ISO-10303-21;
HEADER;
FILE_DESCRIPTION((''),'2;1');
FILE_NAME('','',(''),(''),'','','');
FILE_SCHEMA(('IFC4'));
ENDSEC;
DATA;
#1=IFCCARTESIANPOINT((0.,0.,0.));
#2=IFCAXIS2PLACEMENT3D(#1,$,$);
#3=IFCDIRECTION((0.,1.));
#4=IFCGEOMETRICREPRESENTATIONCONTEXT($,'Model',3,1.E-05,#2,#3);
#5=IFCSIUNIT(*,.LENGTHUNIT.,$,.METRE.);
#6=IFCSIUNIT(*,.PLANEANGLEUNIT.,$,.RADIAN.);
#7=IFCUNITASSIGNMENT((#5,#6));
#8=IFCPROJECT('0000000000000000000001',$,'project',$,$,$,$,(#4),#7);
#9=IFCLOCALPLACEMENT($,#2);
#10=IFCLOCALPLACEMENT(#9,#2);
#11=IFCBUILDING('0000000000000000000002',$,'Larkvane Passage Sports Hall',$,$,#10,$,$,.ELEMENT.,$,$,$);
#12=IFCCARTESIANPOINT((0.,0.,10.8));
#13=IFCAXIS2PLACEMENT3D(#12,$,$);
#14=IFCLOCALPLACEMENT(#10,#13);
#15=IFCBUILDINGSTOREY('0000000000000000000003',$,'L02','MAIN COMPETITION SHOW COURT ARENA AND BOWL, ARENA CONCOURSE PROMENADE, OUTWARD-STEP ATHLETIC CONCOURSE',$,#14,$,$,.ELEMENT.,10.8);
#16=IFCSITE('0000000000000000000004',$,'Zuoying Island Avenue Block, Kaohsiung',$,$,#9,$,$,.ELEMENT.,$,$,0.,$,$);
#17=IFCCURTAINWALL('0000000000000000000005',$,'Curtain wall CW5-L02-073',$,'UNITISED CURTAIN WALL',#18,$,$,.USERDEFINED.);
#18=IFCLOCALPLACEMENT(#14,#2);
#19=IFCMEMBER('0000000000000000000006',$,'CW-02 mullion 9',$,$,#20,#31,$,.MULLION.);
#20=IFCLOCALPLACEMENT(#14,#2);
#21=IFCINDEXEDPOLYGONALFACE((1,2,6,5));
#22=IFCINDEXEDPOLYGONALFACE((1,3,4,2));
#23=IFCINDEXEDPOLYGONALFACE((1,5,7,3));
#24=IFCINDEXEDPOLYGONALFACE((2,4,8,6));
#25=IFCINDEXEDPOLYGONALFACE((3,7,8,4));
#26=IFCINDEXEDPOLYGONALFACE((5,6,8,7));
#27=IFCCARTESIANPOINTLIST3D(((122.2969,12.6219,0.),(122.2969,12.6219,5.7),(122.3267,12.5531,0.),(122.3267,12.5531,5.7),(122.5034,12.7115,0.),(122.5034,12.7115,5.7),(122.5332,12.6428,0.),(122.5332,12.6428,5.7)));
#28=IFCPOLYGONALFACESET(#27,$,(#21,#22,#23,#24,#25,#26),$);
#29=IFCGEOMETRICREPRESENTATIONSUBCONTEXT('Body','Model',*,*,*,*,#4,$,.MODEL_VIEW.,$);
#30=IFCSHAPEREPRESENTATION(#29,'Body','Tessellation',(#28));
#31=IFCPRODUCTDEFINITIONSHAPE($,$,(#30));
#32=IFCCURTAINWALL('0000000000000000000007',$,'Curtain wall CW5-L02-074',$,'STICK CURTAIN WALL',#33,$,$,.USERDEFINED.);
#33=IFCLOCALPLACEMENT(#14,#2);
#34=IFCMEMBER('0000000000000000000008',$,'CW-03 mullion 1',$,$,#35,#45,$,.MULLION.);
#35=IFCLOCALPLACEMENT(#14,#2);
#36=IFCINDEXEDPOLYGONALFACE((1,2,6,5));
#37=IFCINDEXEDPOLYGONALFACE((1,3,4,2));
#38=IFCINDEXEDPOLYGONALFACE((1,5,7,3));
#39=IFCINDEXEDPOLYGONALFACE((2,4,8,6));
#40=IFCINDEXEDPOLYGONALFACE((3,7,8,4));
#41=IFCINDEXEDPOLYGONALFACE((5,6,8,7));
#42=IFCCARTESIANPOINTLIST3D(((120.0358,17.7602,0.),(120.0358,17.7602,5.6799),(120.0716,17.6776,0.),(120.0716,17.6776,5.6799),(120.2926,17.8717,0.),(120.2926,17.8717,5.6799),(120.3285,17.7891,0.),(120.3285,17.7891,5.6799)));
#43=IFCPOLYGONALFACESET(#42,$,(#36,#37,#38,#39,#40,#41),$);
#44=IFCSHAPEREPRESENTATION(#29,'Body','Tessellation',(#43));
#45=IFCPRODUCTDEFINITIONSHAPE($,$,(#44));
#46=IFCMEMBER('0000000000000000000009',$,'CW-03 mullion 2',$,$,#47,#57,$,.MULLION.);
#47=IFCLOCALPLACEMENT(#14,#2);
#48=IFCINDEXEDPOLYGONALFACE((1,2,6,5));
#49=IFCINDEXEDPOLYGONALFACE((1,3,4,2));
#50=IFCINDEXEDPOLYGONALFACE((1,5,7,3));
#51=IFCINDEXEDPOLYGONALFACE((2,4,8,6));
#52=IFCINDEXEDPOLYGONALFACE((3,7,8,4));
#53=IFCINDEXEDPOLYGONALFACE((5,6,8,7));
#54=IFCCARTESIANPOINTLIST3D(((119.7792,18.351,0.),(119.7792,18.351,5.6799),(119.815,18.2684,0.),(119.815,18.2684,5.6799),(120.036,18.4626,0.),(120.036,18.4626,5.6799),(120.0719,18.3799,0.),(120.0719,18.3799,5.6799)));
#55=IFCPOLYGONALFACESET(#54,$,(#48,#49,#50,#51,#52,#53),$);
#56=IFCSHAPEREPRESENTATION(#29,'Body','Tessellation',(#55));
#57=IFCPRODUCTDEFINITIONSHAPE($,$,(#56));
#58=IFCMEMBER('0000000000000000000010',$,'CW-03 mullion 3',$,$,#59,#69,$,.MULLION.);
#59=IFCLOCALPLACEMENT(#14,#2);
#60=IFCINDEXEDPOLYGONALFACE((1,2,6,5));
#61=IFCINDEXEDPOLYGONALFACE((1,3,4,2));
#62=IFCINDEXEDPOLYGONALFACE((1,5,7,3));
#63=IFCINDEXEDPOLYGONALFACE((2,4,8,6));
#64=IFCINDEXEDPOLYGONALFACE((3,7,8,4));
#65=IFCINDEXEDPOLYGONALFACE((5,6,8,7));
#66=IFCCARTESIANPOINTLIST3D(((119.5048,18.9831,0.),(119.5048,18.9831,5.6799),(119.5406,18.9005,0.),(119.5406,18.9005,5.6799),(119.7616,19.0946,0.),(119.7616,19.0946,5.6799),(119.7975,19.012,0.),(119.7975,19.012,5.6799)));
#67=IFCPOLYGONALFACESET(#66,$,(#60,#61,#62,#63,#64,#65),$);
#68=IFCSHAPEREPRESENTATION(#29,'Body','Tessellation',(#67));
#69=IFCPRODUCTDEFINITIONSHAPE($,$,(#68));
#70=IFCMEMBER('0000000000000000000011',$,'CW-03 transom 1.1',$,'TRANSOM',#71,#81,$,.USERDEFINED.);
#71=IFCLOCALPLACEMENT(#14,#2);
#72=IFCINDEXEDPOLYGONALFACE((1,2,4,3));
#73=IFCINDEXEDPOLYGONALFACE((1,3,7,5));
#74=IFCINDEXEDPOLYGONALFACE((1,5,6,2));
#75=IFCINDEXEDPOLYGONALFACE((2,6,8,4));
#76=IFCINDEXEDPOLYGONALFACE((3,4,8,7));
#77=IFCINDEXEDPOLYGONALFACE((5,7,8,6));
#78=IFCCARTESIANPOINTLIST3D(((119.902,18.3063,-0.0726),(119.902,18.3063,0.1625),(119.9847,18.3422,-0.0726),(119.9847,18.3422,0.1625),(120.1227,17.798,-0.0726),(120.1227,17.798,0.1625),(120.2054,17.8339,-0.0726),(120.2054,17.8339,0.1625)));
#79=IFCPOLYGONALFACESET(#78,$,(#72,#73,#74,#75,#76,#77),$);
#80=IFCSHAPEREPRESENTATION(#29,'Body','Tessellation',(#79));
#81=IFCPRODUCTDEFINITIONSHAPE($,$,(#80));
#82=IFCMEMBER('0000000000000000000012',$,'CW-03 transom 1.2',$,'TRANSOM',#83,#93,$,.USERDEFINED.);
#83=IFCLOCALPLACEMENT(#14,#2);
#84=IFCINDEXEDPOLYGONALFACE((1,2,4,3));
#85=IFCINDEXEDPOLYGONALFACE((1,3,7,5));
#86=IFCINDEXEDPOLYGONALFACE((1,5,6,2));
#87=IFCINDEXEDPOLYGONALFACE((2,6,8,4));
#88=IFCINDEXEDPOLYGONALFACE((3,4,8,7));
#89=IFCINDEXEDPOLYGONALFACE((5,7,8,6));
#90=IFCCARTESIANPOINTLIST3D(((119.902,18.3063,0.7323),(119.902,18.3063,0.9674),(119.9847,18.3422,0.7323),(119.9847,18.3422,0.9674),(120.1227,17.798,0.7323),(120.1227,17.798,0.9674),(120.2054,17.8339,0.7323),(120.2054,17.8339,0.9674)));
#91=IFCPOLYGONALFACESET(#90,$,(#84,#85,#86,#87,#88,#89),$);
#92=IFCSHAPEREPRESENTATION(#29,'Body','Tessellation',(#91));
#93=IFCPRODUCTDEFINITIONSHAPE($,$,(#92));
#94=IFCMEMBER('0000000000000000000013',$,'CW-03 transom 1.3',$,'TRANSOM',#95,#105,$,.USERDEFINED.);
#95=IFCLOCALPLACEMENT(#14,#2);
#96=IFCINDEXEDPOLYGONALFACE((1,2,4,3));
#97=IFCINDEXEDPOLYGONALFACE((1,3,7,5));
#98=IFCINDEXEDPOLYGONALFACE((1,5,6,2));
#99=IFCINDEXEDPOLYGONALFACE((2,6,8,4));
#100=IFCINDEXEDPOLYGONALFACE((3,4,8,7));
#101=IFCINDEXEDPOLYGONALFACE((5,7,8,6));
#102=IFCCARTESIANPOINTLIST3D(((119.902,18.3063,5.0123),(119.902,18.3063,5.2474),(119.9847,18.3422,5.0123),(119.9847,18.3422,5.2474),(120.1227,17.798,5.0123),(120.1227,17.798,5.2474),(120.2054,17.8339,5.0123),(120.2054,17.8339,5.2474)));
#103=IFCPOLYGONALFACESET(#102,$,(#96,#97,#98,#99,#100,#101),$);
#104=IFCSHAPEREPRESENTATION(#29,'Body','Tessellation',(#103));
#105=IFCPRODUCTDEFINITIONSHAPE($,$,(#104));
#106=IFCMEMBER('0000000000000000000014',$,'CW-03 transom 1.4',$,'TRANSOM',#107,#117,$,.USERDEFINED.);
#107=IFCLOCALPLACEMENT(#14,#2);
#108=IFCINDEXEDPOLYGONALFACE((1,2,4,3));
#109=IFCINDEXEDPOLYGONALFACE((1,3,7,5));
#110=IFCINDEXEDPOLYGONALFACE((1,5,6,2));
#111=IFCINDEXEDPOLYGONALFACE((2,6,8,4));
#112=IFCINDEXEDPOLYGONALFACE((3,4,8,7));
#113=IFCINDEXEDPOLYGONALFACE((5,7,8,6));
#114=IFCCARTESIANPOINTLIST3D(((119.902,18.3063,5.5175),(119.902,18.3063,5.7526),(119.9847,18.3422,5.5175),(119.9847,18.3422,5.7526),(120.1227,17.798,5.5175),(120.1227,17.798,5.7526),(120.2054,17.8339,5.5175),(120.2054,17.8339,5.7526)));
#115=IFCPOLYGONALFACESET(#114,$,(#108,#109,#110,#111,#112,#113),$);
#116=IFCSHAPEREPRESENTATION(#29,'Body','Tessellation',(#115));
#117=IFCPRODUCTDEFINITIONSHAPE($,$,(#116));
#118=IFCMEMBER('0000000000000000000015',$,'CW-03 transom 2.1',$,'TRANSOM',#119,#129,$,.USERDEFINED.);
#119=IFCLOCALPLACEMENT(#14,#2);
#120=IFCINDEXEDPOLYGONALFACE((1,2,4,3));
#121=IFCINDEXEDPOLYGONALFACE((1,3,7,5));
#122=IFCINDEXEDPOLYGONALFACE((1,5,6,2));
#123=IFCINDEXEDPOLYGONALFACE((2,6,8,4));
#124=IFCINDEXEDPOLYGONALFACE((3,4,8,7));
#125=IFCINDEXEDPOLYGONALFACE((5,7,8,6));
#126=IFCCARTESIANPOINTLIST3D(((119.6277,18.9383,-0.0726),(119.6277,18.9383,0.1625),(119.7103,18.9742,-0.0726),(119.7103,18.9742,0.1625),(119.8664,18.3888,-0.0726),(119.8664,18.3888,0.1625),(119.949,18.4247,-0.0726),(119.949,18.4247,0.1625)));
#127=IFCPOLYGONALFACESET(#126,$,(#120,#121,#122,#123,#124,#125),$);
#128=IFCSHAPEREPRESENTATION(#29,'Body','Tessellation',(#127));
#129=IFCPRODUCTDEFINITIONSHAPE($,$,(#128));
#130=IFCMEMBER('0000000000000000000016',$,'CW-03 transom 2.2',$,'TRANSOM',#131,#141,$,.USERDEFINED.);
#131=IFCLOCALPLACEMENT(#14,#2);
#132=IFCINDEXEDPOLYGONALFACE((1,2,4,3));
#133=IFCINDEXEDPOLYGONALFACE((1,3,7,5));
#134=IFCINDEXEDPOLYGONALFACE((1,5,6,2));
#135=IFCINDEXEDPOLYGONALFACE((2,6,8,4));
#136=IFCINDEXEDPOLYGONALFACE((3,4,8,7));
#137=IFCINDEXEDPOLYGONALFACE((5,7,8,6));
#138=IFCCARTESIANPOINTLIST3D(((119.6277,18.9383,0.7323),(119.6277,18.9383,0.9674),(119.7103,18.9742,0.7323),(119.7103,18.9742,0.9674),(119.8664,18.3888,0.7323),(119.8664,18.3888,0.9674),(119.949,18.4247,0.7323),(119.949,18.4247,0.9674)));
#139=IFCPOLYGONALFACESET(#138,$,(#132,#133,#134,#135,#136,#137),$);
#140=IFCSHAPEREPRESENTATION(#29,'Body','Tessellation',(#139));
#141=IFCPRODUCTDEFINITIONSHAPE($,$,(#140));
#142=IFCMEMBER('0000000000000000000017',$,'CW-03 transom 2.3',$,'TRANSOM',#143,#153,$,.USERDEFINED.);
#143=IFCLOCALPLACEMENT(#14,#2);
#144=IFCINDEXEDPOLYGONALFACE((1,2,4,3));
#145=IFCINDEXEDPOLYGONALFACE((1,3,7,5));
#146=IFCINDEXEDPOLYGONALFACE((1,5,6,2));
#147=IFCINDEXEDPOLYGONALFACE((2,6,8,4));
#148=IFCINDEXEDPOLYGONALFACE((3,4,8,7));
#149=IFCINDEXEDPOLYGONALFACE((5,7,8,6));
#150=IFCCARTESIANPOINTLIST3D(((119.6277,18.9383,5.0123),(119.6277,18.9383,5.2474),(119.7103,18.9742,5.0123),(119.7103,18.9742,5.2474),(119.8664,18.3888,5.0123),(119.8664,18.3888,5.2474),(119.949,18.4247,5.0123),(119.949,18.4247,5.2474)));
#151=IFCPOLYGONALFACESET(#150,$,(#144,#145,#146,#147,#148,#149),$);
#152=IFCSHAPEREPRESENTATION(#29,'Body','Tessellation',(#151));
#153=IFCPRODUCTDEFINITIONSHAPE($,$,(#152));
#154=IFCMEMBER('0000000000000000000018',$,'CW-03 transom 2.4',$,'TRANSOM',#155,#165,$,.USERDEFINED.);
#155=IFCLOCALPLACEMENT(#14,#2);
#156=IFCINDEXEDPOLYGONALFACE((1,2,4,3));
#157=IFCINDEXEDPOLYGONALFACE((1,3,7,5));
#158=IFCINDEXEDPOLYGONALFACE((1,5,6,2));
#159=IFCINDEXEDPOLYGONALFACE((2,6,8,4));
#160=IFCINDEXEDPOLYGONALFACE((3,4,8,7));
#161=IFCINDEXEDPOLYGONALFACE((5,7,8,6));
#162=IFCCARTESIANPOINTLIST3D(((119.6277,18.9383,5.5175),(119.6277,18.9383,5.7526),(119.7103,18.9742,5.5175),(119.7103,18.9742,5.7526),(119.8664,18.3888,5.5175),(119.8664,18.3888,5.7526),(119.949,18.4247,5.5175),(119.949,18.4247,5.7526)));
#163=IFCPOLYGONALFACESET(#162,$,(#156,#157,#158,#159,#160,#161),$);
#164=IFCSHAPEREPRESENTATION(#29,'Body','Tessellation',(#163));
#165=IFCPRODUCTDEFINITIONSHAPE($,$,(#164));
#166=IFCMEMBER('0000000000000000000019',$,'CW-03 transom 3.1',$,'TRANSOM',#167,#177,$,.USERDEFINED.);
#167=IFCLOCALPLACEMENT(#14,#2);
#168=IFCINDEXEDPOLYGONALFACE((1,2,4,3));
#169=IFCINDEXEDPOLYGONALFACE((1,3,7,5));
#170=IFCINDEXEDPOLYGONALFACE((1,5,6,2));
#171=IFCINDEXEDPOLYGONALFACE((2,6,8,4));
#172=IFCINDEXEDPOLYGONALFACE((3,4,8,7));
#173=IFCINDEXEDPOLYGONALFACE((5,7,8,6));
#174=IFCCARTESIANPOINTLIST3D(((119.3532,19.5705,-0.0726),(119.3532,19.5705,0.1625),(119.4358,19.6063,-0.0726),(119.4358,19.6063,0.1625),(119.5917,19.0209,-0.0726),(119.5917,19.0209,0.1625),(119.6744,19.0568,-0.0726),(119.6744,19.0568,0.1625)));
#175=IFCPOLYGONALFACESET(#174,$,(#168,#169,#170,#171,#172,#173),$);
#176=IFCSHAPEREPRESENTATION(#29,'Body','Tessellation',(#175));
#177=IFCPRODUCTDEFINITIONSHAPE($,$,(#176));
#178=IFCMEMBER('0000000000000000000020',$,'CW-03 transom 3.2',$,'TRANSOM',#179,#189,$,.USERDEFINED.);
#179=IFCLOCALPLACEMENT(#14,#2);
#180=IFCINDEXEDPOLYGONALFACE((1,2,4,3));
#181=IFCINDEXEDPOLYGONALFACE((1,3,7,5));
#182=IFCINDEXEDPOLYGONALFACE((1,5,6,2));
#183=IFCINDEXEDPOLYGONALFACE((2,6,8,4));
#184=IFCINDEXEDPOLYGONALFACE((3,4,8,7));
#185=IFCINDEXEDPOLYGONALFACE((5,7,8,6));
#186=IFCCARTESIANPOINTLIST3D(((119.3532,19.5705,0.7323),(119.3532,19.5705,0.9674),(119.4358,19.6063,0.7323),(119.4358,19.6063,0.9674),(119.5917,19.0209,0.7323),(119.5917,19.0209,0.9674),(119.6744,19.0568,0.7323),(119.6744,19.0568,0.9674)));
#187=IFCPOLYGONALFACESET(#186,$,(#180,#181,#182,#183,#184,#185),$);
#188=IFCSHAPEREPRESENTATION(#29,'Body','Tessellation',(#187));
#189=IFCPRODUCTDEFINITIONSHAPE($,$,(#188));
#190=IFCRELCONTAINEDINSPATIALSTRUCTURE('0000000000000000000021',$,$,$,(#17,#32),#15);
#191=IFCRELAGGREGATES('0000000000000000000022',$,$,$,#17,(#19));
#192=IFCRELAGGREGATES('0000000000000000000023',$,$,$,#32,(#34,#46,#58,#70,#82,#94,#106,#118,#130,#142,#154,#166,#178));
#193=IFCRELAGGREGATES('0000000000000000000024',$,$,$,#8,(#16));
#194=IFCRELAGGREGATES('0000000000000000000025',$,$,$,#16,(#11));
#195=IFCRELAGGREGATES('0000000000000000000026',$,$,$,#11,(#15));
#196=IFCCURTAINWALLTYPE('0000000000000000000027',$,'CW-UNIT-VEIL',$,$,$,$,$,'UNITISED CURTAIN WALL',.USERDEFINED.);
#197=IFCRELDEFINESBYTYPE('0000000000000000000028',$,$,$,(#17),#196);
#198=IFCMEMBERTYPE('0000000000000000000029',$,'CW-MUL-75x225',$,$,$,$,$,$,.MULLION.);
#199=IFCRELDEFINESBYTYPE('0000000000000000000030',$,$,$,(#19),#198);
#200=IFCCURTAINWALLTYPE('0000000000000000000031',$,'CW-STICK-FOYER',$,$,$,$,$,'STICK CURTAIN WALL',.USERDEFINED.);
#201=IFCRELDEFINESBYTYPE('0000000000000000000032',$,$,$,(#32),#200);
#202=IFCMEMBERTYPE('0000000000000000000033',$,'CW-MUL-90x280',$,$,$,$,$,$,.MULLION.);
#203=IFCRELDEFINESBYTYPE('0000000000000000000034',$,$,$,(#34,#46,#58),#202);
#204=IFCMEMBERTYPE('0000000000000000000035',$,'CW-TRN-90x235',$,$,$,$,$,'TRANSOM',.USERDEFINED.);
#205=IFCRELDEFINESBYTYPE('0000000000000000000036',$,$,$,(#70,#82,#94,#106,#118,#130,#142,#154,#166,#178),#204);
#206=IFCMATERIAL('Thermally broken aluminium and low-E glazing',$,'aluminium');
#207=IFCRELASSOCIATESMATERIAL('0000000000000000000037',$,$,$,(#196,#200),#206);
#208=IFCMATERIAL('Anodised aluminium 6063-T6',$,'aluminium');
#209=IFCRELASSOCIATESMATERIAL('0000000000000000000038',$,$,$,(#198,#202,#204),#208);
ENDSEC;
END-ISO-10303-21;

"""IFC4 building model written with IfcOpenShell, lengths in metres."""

from ifc_helpers import new_model, si_unit, direction, frame, origin, origin_2d, place, context, subcontext, project, spatial, rectangle, extrude, material, material_profile, profile_set, type_object, element, aggregate, save


model = new_model("IFC4")

# Units and contexts
model_context = context("Model", 3, precision=1e-05, world=origin(), true_north=direction((0.0, 1.0)))
body_context = subcontext(model_context, "Body", "Model", "MODEL_VIEW")
ifc_project = project(units=[si_unit("LENGTHUNIT", "METRE"), si_unit("PLANEANGLEUNIT", "RADIAN")], contexts=[model_context])

# Site, building, storey
site_placement = place(None, origin())
site = spatial("IfcSite", under=ifc_project, at=site_placement, Name="Zuoying Island Avenue Block, Kaohsiung", CompositionType="ELEMENT", RefElevation=0.0)
building_placement = place(site_placement, origin())
building = spatial("IfcBuilding", under=site, at=building_placement, Name="Larkvane Passage Sports Hall", CompositionType="ELEMENT")
storey_placement = place(building_placement, frame((0.0, 0.0, 10.8)))
storey = spatial("IfcBuildingStorey", under=building, at=storey_placement, Name="L02", Description="MAIN COMPETITION SHOW COURT ARENA AND BOWL, ARENA CONCOURSE PROMENADE, OUTWARD-STEP ATHLETIC CONCOURSE", CompositionType="ELEMENT", Elevation=10.8)

# Curtain wall, member
ifc_material_1 = material(Name="Thermally broken aluminium and low-E glazing", Category="aluminium")
curtain_wall_type_1 = type_object("IfcCurtainWallType", Name="CW-UNIT-VEIL", ElementType="UNITISED CURTAIN WALL", PredefinedType="USERDEFINED", material=ifc_material_1)
curtain_wall_1_placement = place(storey_placement, origin())
curtain_wall_1 = element("IfcCurtainWall", 1, at=curtain_wall_1_placement, inside=storey, type_object=curtain_wall_type_1, Name="Curtain wall CW5-L02-073", ObjectType="UNITISED CURTAIN WALL", PredefinedType="USERDEFINED")
ifc_material_2 = material(Name="Anodised aluminium 6063-T6", Category="aluminium")
ifc_material_profile_1 = material_profile(ifc_material_2, rectangle(XDim=0.075, YDim=0.2251, at=origin_2d()), Name="ALU-MUL-75x225")
ifc_profile_set_1 = profile_set([ifc_material_profile_1], Name="Anodised aluminium 6063-T6")
member_type_1 = type_object("IfcMemberType", Name="CW-MUL-75x225", PredefinedType="MULLION", material=ifc_profile_set_1)
member_1_placement = place(storey_placement, frame((122.415, 12.6323, 0.0), z_axis=(0.0, 0.0, 1.0), x_axis=(-0.398283, 0.917263, 0.0)))
member_1 = element("IfcMember", 2, at=member_1_placement, type_object=member_type_1, Name="CW-02 mullion 9", PredefinedType="MULLION", context=body_context, shape_type="SweptSolid", body=[
    extrude(rectangle(XDim=0.075, YDim=0.2251, at=origin_2d()), origin(), (0.0, 0.0, 1.0), 5.7),
])

# Curtain wall, members
curtain_wall_type_2 = type_object("IfcCurtainWallType", Name="CW-STICK-FOYER", ElementType="STICK CURTAIN WALL", PredefinedType="USERDEFINED", material=ifc_material_1)
curtain_wall_2_placement = place(storey_placement, origin())
curtain_wall_2 = element("IfcCurtainWall", 3, at=curtain_wall_2_placement, inside=storey, type_object=curtain_wall_type_2, Name="Curtain wall CW5-L02-074", ObjectType="STICK CURTAIN WALL", PredefinedType="USERDEFINED")
ifc_material_profile_2 = material_profile(ifc_material_2, rectangle(XDim=0.0901, YDim=0.28, at=origin_2d()), Name="ALU-MUL-90x280")
ifc_profile_set_2 = profile_set([ifc_material_profile_2], Name="Anodised aluminium 6063-T6")
member_type_2 = type_object("IfcMemberType", Name="CW-MUL-90x280", PredefinedType="MULLION", material=ifc_profile_set_2)
member_2_placement = place(storey_placement, frame((120.1821, 17.7747, 0.0), z_axis=(0.0, 0.0, 1.0), x_axis=(-0.398289, 0.91726, 0.0)))
member_2 = element("IfcMember", 4, at=member_2_placement, type_object=member_type_2, Name="CW-03 mullion 1", PredefinedType="MULLION", context=body_context, shape_type="SweptSolid", body=[
    extrude(rectangle(XDim=0.0901, YDim=0.28, at=origin_2d()), origin(), (0.0, 0.0, 1.0), 5.6799),
])
member_3_placement = place(storey_placement, frame((119.9255, 18.3655, 0.0), z_axis=(0.0, 0.0, 1.0), x_axis=(-0.398289, 0.91726, 0.0)))
member_3 = element("IfcMember", 5, at=member_3_placement, type_object=member_type_2, Name="CW-03 mullion 2", PredefinedType="MULLION", context=body_context, shape_type="SweptSolid", body=[
    extrude(rectangle(XDim=0.0901, YDim=0.28, at=origin_2d()), origin(), (0.0, 0.0, 1.0), 5.6799),
])
member_4_placement = place(storey_placement, frame((119.6511, 18.9976, 0.0), z_axis=(0.0, 0.0, 1.0), x_axis=(-0.398289, 0.91726, 0.0)))
member_4 = element("IfcMember", 6, at=member_4_placement, type_object=member_type_2, Name="CW-03 mullion 3", PredefinedType="MULLION", context=body_context, shape_type="SweptSolid", body=[
    extrude(rectangle(XDim=0.0901, YDim=0.28, at=origin_2d()), origin(), (0.0, 0.0, 1.0), 5.6799),
])
ifc_material_profile_3 = material_profile(ifc_material_2, rectangle(XDim=0.0901, YDim=0.2351, at=origin_2d()), Name="ALU-TRN-90x235")
ifc_profile_set_3 = profile_set([ifc_material_profile_3], Name="Anodised aluminium 6063-T6")
member_type_3 = type_object("IfcMemberType", Name="CW-TRN-90x235", ElementType="TRANSOM", PredefinedType="USERDEFINED", material=ifc_profile_set_3)
member_5_placement = place(storey_placement, frame((120.1641, 17.8159, 0.0449), z_axis=(-0.398275, 0.917266, 0.0), x_axis=(-0.917266, -0.398275, 0.0)))
member_5 = element("IfcMember", 7, at=member_5_placement, type_object=member_type_3, Name="CW-03 transom 1.1", ObjectType="TRANSOM", PredefinedType="USERDEFINED", context=body_context, shape_type="SweptSolid", body=[
    extrude(rectangle(XDim=0.0901, YDim=0.2351, at=origin_2d()), origin(), (0.0, 0.0, 1.0), 0.5542),
])
member_6_placement = place(storey_placement, frame((120.1641, 17.8159, 0.8499), z_axis=(-0.398275, 0.917266, 0.0), x_axis=(-0.917266, -0.398275, 0.0)))
member_6 = element("IfcMember", 8, at=member_6_placement, type_object=member_type_3, Name="CW-03 transom 1.2", ObjectType="TRANSOM", PredefinedType="USERDEFINED", context=body_context, shape_type="SweptSolid", body=[
    extrude(rectangle(XDim=0.0901, YDim=0.2351, at=origin_2d()), origin(), (0.0, 0.0, 1.0), 0.5542),
])
member_7_placement = place(storey_placement, frame((120.1641, 17.8159, 5.1299), z_axis=(-0.398275, 0.917266, 0.0), x_axis=(-0.917266, -0.398275, 0.0)))
member_7 = element("IfcMember", 9, at=member_7_placement, type_object=member_type_3, Name="CW-03 transom 1.3", ObjectType="TRANSOM", PredefinedType="USERDEFINED", context=body_context, shape_type="SweptSolid", body=[
    extrude(rectangle(XDim=0.0901, YDim=0.2351, at=origin_2d()), origin(), (0.0, 0.0, 1.0), 0.5542),
])
member_8_placement = place(storey_placement, frame((120.1641, 17.8159, 5.635), z_axis=(-0.398275, 0.917266, 0.0), x_axis=(-0.917266, -0.398275, 0.0)))
member_8 = element("IfcMember", 10, at=member_8_placement, type_object=member_type_3, Name="CW-03 transom 1.4", ObjectType="TRANSOM", PredefinedType="USERDEFINED", context=body_context, shape_type="SweptSolid", body=[
    extrude(rectangle(XDim=0.0901, YDim=0.2351, at=origin_2d()), origin(), (0.0, 0.0, 1.0), 0.5542),
])
member_9_placement = place(storey_placement, frame((119.9077, 18.4067, 0.0449), z_axis=(-0.398488, 0.917174, 0.0), x_axis=(-0.917174, -0.398488, 0.0)))
member_9 = element("IfcMember", 11, at=member_9_placement, type_object=member_type_3, Name="CW-03 transom 2.1", ObjectType="TRANSOM", PredefinedType="USERDEFINED", context=body_context, shape_type="SweptSolid", body=[
    extrude(rectangle(XDim=0.0901, YDim=0.2351, at=origin_2d()), origin(), (0.0, 0.0, 1.0), 0.5991),
])
member_10_placement = place(storey_placement, frame((119.9077, 18.4067, 0.8499), z_axis=(-0.398488, 0.917174, 0.0), x_axis=(-0.917174, -0.398488, 0.0)))
member_10 = element("IfcMember", 12, at=member_10_placement, type_object=member_type_3, Name="CW-03 transom 2.2", ObjectType="TRANSOM", PredefinedType="USERDEFINED", context=body_context, shape_type="SweptSolid", body=[
    extrude(rectangle(XDim=0.0901, YDim=0.2351, at=origin_2d()), origin(), (0.0, 0.0, 1.0), 0.5991),
])
member_11_placement = place(storey_placement, frame((119.9077, 18.4067, 5.1299), z_axis=(-0.398488, 0.917174, 0.0), x_axis=(-0.917174, -0.398488, 0.0)))
member_11 = element("IfcMember", 13, at=member_11_placement, type_object=member_type_3, Name="CW-03 transom 2.3", ObjectType="TRANSOM", PredefinedType="USERDEFINED", context=body_context, shape_type="SweptSolid", body=[
    extrude(rectangle(XDim=0.0901, YDim=0.2351, at=origin_2d()), origin(), (0.0, 0.0, 1.0), 0.5991),
])
member_12_placement = place(storey_placement, frame((119.9077, 18.4067, 5.635), z_axis=(-0.398488, 0.917174, 0.0), x_axis=(-0.917174, -0.398488, 0.0)))
member_12 = element("IfcMember", 14, at=member_12_placement, type_object=member_type_3, Name="CW-03 transom 2.4", ObjectType="TRANSOM", PredefinedType="USERDEFINED", context=body_context, shape_type="SweptSolid", body=[
    extrude(rectangle(XDim=0.0901, YDim=0.2351, at=origin_2d()), origin(), (0.0, 0.0, 1.0), 0.5991),
])
member_13_placement = place(storey_placement, frame((119.6331, 19.0388, 0.0449), z_axis=(-0.398145, 0.917323, 0.0), x_axis=(-0.917323, -0.398145, 0.0)))
member_13 = element("IfcMember", 15, at=member_13_placement, type_object=member_type_3, Name="CW-03 transom 3.1", ObjectType="TRANSOM", PredefinedType="USERDEFINED", context=body_context, shape_type="SweptSolid", body=[
    extrude(rectangle(XDim=0.0901, YDim=0.2351, at=origin_2d()), origin(), (0.0, 0.0, 1.0), 0.5991),
])
member_14_placement = place(storey_placement, frame((119.6331, 19.0388, 0.8499), z_axis=(-0.398145, 0.917323, 0.0), x_axis=(-0.917323, -0.398145, 0.0)))
member_14 = element("IfcMember", 16, at=member_14_placement, type_object=member_type_3, Name="CW-03 transom 3.2", ObjectType="TRANSOM", PredefinedType="USERDEFINED", context=body_context, shape_type="SweptSolid", body=[
    extrude(rectangle(XDim=0.0901, YDim=0.2351, at=origin_2d()), origin(), (0.0, 0.0, 1.0), 0.5991),
])

aggregate(curtain_wall_1, [member_1])
aggregate(curtain_wall_2, [member_2, member_3, member_4, member_5, member_6, member_7, member_8, member_9, member_10, member_11, member_12, member_13, member_14])

save(model, "model.ifc")
